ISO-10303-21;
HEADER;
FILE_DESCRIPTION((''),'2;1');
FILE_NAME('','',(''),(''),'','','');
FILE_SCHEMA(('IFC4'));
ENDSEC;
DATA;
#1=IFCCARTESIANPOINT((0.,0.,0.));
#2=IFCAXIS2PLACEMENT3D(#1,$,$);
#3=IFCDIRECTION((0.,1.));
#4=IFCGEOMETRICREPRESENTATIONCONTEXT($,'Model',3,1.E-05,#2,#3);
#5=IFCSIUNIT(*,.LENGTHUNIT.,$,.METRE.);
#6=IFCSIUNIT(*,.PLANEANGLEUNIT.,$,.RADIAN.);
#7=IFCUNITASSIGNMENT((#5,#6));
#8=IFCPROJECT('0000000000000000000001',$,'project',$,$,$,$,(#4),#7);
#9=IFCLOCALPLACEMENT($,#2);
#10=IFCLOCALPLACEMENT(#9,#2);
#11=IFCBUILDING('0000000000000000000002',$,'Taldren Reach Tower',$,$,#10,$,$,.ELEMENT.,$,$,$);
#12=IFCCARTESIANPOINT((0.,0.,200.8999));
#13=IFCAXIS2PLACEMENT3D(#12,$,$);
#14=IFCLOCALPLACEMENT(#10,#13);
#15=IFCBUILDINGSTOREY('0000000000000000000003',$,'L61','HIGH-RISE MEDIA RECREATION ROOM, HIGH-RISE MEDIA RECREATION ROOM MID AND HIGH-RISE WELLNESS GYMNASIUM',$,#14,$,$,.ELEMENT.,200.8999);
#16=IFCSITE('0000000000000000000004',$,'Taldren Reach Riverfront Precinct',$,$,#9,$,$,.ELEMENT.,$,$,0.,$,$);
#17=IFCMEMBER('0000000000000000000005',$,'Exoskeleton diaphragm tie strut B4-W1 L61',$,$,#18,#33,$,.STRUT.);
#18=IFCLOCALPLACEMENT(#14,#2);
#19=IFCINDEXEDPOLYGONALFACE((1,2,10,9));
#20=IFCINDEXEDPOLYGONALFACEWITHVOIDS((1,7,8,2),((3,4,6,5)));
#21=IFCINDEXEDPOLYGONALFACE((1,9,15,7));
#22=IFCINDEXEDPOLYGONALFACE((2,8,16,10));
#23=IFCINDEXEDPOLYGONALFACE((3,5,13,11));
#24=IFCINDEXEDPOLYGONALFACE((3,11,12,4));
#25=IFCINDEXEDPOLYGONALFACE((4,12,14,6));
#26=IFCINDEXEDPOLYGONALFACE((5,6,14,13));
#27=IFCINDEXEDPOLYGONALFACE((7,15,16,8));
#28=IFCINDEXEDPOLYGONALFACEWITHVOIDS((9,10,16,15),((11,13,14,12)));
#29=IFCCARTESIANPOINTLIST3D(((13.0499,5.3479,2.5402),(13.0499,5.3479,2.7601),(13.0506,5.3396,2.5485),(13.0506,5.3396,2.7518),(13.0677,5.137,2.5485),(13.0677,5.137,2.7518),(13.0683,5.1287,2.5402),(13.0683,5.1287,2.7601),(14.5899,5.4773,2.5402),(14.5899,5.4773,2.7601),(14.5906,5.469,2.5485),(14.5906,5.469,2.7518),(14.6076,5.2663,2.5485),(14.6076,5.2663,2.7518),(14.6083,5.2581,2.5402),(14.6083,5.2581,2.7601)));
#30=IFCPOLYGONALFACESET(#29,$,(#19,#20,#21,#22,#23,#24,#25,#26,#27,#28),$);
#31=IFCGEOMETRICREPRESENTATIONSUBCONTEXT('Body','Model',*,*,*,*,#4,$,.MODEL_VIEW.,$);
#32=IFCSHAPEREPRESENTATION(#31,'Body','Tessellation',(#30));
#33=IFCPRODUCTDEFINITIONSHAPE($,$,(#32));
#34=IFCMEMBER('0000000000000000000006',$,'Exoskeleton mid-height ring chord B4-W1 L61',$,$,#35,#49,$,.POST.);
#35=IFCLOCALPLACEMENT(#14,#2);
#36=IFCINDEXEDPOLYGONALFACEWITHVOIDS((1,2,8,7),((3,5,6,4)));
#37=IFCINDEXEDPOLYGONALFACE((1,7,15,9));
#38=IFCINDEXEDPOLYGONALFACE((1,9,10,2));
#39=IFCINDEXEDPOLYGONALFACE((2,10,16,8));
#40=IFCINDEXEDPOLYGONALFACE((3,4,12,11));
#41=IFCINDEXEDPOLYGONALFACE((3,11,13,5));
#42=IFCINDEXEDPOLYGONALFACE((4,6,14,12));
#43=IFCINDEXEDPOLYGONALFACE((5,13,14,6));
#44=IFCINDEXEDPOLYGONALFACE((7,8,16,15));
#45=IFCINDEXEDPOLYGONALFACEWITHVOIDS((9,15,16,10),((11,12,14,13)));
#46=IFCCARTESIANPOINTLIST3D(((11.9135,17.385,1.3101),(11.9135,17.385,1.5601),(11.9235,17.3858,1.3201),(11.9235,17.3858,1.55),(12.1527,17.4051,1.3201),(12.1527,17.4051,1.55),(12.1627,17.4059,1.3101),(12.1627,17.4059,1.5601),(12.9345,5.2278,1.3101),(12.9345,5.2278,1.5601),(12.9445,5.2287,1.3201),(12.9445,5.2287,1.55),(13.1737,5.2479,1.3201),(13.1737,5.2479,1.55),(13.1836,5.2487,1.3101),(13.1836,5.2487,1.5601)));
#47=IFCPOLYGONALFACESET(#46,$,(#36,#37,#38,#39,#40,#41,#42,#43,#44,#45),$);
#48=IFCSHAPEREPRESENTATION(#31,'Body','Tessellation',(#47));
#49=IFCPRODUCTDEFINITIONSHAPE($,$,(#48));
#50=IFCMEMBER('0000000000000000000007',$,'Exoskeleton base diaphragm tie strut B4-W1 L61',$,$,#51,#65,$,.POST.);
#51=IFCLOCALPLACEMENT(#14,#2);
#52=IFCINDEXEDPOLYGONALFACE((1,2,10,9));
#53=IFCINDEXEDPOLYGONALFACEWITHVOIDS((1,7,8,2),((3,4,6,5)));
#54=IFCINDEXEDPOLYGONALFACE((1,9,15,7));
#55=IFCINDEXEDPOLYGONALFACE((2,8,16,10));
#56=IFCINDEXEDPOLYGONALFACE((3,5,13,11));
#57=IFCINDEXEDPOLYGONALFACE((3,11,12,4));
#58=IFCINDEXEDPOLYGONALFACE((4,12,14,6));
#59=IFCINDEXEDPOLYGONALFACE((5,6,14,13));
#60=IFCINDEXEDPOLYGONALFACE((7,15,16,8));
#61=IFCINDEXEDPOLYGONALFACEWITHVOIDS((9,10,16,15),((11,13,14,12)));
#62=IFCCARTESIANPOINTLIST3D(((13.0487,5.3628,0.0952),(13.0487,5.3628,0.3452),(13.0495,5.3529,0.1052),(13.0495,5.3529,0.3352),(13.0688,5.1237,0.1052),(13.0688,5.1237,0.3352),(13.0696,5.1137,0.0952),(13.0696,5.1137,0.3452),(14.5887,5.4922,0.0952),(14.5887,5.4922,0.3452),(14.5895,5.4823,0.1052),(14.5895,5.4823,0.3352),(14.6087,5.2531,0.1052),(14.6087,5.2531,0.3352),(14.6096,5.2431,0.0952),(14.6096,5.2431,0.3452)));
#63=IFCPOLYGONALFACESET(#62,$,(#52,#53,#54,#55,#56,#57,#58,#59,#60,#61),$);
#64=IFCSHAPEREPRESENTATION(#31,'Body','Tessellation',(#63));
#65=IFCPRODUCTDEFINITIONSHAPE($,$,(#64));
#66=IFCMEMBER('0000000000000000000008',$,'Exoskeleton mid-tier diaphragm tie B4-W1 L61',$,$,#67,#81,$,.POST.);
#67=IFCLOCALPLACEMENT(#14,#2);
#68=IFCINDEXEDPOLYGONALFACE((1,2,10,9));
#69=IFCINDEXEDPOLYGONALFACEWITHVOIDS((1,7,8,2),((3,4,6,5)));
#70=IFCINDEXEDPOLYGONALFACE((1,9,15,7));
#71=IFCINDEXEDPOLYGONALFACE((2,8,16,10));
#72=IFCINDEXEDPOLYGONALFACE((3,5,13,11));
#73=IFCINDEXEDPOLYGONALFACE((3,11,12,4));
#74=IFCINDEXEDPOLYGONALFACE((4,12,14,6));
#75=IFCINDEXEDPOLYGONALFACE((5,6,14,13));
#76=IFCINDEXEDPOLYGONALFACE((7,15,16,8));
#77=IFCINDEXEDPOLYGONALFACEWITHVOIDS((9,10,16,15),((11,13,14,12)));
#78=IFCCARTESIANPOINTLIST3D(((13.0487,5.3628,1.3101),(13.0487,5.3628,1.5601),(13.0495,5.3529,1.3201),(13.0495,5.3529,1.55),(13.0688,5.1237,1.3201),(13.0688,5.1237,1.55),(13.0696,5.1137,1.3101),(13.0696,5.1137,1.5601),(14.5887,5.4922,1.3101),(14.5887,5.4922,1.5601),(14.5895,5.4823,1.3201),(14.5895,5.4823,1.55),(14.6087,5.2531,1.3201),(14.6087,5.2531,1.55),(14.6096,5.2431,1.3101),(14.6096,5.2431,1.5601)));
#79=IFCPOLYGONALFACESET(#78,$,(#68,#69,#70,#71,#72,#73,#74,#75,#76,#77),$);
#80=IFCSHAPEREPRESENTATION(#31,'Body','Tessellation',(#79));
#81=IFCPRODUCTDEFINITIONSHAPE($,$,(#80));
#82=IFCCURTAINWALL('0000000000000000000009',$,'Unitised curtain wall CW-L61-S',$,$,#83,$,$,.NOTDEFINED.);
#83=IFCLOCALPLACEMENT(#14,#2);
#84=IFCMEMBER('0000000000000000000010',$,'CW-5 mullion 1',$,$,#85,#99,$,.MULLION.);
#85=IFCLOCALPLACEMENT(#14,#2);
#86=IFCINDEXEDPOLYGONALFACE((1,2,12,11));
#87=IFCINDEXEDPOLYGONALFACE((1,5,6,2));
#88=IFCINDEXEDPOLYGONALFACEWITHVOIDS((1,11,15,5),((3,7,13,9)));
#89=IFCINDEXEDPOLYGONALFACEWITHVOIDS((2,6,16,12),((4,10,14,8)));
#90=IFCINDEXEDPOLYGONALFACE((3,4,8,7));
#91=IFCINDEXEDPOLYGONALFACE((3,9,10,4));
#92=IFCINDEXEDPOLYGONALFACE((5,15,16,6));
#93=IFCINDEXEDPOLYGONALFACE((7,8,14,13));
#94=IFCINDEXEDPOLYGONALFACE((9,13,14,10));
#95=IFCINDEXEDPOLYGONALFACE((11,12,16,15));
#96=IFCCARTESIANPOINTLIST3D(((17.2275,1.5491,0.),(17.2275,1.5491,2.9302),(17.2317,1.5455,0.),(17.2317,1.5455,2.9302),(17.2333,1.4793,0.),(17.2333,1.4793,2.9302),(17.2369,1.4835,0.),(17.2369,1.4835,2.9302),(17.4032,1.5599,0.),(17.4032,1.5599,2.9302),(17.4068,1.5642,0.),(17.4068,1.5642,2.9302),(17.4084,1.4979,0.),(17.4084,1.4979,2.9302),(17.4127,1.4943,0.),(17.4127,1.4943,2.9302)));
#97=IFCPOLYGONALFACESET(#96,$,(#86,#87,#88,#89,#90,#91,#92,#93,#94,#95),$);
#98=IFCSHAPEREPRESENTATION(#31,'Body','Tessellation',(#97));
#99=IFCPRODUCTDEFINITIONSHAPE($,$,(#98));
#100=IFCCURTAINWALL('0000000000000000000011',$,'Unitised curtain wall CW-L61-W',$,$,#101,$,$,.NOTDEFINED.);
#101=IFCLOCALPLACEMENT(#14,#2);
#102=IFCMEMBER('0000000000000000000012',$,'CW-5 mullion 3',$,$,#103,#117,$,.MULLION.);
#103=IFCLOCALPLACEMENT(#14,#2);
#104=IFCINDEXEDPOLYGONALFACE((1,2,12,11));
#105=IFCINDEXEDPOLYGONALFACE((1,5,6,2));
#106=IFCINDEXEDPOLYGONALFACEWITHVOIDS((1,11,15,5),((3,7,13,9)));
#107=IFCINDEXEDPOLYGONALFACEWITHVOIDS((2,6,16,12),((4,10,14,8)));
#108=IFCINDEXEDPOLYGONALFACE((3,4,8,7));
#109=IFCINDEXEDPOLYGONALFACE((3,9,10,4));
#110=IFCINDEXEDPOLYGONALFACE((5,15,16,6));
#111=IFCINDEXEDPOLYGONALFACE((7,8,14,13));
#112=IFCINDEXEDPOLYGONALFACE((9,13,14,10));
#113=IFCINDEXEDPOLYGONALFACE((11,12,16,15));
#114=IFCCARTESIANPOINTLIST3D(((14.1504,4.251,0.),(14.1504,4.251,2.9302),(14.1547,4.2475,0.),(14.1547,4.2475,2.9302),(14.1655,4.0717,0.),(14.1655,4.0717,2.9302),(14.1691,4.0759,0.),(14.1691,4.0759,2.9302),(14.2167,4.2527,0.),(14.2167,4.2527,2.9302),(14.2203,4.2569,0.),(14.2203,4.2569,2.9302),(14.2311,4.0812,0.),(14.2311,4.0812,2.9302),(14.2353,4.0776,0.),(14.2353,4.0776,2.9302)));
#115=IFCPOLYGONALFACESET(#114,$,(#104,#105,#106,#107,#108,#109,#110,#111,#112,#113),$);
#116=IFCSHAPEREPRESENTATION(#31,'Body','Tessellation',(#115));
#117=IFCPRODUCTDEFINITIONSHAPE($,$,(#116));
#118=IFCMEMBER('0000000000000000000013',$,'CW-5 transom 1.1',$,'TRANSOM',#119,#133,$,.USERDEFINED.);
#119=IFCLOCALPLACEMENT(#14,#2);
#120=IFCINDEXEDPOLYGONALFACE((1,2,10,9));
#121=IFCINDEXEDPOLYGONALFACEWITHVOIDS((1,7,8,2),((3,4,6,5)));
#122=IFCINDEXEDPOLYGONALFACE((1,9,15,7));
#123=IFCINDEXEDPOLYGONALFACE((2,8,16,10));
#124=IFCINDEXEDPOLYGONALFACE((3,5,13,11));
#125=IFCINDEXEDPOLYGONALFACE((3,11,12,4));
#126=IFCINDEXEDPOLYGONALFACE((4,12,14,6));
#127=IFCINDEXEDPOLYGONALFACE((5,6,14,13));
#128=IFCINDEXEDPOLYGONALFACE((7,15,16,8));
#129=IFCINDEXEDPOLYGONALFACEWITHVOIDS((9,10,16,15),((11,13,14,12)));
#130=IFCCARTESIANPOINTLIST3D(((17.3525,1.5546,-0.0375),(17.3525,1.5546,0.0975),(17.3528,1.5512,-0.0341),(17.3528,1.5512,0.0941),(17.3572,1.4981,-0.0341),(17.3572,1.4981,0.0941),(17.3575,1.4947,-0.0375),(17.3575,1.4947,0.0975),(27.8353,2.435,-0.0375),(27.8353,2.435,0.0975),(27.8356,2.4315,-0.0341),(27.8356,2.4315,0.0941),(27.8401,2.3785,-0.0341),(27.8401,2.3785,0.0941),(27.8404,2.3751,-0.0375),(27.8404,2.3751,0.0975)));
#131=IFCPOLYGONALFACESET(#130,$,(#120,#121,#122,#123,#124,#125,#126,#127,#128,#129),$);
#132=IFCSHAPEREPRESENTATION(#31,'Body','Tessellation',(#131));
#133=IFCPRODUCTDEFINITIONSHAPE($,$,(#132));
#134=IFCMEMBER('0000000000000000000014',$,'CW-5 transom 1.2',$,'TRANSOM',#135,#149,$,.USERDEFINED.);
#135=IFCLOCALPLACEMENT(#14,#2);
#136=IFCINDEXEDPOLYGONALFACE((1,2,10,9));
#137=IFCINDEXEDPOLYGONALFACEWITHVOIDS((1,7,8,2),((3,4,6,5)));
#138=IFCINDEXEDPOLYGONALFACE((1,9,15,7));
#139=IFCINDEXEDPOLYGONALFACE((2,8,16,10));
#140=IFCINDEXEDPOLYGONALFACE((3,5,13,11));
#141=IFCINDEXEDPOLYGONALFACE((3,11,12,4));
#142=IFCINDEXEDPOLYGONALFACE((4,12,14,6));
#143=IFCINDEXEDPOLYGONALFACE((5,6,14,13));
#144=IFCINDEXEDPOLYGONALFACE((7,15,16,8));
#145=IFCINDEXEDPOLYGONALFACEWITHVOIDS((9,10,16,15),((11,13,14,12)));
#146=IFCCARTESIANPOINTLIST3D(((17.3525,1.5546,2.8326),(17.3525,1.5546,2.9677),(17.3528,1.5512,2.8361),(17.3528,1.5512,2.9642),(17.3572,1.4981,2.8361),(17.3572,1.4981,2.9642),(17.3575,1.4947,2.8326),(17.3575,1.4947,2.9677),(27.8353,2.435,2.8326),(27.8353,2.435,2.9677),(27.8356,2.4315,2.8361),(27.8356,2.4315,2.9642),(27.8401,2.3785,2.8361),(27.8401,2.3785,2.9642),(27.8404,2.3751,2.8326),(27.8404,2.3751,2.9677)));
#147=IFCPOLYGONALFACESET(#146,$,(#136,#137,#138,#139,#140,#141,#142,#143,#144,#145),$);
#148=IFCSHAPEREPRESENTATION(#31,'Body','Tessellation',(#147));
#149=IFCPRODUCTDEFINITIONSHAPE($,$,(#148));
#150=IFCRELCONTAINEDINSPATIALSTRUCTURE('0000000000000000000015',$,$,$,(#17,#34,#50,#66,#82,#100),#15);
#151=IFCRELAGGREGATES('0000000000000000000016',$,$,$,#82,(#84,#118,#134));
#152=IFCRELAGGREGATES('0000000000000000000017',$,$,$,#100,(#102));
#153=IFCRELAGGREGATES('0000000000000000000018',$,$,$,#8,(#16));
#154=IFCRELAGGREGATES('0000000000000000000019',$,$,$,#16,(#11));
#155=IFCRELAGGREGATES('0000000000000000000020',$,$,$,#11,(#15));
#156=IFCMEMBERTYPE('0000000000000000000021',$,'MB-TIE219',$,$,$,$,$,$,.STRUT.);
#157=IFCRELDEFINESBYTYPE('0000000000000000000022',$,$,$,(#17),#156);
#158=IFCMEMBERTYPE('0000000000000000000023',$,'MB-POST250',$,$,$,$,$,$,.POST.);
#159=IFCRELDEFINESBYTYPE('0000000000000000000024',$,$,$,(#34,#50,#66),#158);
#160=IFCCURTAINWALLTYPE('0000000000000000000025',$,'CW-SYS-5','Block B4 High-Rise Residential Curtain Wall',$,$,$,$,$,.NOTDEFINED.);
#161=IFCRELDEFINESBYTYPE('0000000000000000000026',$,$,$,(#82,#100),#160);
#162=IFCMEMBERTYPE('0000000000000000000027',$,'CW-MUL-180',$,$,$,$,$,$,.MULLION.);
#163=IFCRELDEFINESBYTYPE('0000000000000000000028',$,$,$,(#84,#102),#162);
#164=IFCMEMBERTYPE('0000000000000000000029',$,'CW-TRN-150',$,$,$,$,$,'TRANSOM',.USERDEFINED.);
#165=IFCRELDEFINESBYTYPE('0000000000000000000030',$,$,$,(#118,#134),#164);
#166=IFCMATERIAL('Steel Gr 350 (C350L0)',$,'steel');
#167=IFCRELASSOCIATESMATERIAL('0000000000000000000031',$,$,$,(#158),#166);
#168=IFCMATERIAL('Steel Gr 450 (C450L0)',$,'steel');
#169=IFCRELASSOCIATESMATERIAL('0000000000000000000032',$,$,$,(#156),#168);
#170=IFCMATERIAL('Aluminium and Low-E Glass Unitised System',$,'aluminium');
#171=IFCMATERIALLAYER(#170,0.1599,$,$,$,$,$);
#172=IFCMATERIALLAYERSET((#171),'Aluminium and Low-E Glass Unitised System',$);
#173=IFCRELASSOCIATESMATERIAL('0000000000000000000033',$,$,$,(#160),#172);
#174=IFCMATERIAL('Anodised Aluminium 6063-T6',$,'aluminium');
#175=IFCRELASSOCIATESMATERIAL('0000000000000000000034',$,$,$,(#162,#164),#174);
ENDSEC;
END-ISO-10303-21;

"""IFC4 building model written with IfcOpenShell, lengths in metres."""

from ifc_helpers import new_model, si_unit, direction, frame, origin, origin_2d, place, context, subcontext, project, spatial, hollow_rectangle, extrude, source, transform, mapped, material, layer, layer_set, material_profile, profile_set, type_object, element, aggregate, save


model = new_model("IFC4")

# Units and contexts
model_context = context("Model", 3, precision=1e-05, world=origin(), true_north=direction((0.0, 1.0)))
body_context = subcontext(model_context, "Body", "Model", "MODEL_VIEW")
ifc_project = project(units=[si_unit("LENGTHUNIT", "METRE"), si_unit("PLANEANGLEUNIT", "RADIAN")], contexts=[model_context])

# Site, building, storey
site_placement = place(None, origin())
site = spatial("IfcSite", under=ifc_project, at=site_placement, Name="Taldren Reach Riverfront Precinct", CompositionType="ELEMENT", RefElevation=0.0)
building_placement = place(site_placement, origin())
building = spatial("IfcBuilding", under=site, at=building_placement, Name="Taldren Reach Tower", CompositionType="ELEMENT")
storey_placement = place(building_placement, frame((0.0, 0.0, 200.8999)))
storey = spatial("IfcBuildingStorey", under=building, at=storey_placement, Name="L61", Description="HIGH-RISE MEDIA RECREATION ROOM, HIGH-RISE MEDIA RECREATION ROOM MID AND HIGH-RISE WELLNESS GYMNASIUM", CompositionType="ELEMENT", Elevation=200.8999)

# Shared definitions
ifc_material_1 = material(Name="Steel Gr 350 (C350L0)", Category="steel")

# Shared definitions
ifc_material_profile_1 = material_profile(ifc_material_1, hollow_rectangle(XDim=0.25, YDim=0.25, WallThickness=0.01, at=origin_2d()), Name="250x250x10.0SHS")
ifc_profile_set_1 = profile_set([ifc_material_profile_1], Name="Steel Gr 350 (C350L0)")
member_type_1 = type_object("IfcMemberType", Name="MB-POST250", PredefinedType="POST", material=ifc_profile_set_1)

# Members
ifc_material_2 = material(Name="Steel Gr 450 (C450L0)", Category="steel")
ifc_material_profile_2 = material_profile(ifc_material_2, hollow_rectangle(XDim=0.22, YDim=0.22, WallThickness=0.0083, at=origin_2d()), Name="220x220x8.2SHS")
ifc_profile_set_2 = profile_set([ifc_material_profile_2], Name="Steel Gr 450 (C450L0)")
member_type_2 = type_object("IfcMemberType", Name="MB-TIE219", PredefinedType="STRUT", material=ifc_profile_set_2)
shared_shape_1 = source(origin(), body_context, "Body", "SweptSolid", [
    extrude(hollow_rectangle(XDim=0.22, YDim=0.22, WallThickness=0.0083, at=origin_2d()), origin(), (0.0, 0.0, 1.0), 1.5454),
])
member_1_placement = place(storey_placement, frame((14.5991, 5.3677, 2.6501), z_axis=(-0.996489, -0.083725, 0.0), x_axis=(0.083725, -0.996489, 0.0)))
element("IfcMember", 1, at=member_1_placement, inside=storey, type_object=member_type_2, Name="Exoskeleton diaphragm tie strut B4-W1 L61", PredefinedType="STRUT", context=body_context, shape_type="MappedRepresentation", body=[
    mapped(shared_shape_1, transform((0.0, 0.0, 0.0), scale=1.0)),
])
shared_shape_2 = source(origin(), body_context, "Body", "SweptSolid", [
    extrude(hollow_rectangle(XDim=0.25, YDim=0.25, WallThickness=0.01, at=origin_2d()), origin(), (0.0, 0.0, 1.0), 12.2),
])
member_2_placement = place(storey_placement, frame((13.0591, 5.2383, 1.4351), z_axis=(-0.083688, 0.996492, 0.0), x_axis=(-0.996492, -0.083688, 0.0)))
element("IfcMember", 2, at=member_2_placement, inside=storey, type_object=member_type_1, Name="Exoskeleton mid-height ring chord B4-W1 L61", PredefinedType="POST", context=body_context, shape_type="MappedRepresentation", body=[
    mapped(shared_shape_2, transform((0.0, 0.0, 0.0), scale=1.0)),
])
shared_shape_3 = source(origin(), body_context, "Body", "SweptSolid", [
    extrude(hollow_rectangle(XDim=0.25, YDim=0.25, WallThickness=0.01, at=origin_2d()), origin(), (0.0, 0.0, 1.0), 1.5454),
])
for number, where, z_axis, x_axis, name in (
    (3, (14.5991, 5.3677, 0.2202), (-0.996489, -0.083725, 0.0), (0.083725, -0.996489, 0.0), "Exoskeleton base diaphragm tie strut B4-W1 L61"),
    (4, (14.5991, 5.3677, 1.4351), (-0.996489, -0.083725, 0.0), (0.083725, -0.996489, 0.0), "Exoskeleton mid-tier diaphragm tie B4-W1 L61"),
):
    element("IfcMember", number, at=place(storey_placement, frame(where, z_axis=z_axis, x_axis=x_axis)), inside=storey, type_object=member_type_1, Name=name, PredefinedType="POST", context=body_context, shape_type="MappedRepresentation", body=[
        mapped(shared_shape_3, transform((0.0, 0.0, 0.0), scale=1.0)),
    ])

# Curtain walls, members
ifc_material_3 = material(Name="Aluminium and Low-E Glass Unitised System", Category="aluminium")
ifc_layer_1 = layer(ifc_material_3, 0.1599)
ifc_layer_set_1 = layer_set([ifc_layer_1], Name="Aluminium and Low-E Glass Unitised System")
curtain_wall_type = type_object("IfcCurtainWallType", Name="CW-SYS-5", Description="Block B4 High-Rise Residential Curtain Wall", PredefinedType="NOTDEFINED", material=ifc_layer_set_1)
curtain_wall_1_placement = place(storey_placement, origin())
curtain_wall_1 = element("IfcCurtainWall", 5, at=curtain_wall_1_placement, inside=storey, type_object=curtain_wall_type, Name="Unitised curtain wall CW-L61-S", PredefinedType="NOTDEFINED")
ifc_material_4 = material(Name="Anodised Aluminium 6063-T6", Category="aluminium")
ifc_material_profile_3 = material_profile(ifc_material_4, hollow_rectangle(XDim=0.0701, YDim=0.1799, WallThickness=0.0039, at=origin_2d()), Name="ALU-180x70x4RHS")
ifc_profile_set_3 = profile_set([ifc_material_profile_3], Name="Anodised Aluminium 6063-T6")
member_type_3 = type_object("IfcMemberType", Name="CW-MUL-180", PredefinedType="MULLION", material=ifc_profile_set_3)
shared_shape_4 = source(origin(), body_context, "Body", "SweptSolid", [
    extrude(hollow_rectangle(XDim=0.0701, YDim=0.1799, WallThickness=0.0039, at=origin_2d()), origin(), (0.0, 0.0, 1.0), 2.9302),
])
member_3_placement = place(storey_placement, frame((17.3201, 1.5217, 0.0), z_axis=(0.0, 0.0, 1.0), x_axis=(-0.083678, 0.996493, 0.0)))
member_3 = element("IfcMember", 6, at=member_3_placement, type_object=member_type_3, Name="CW-5 mullion 1", PredefinedType="MULLION", context=body_context, shape_type="MappedRepresentation", body=[
    mapped(shared_shape_4, transform((0.0, 0.0, 0.0), scale=1.0)),
])
curtain_wall_2_placement = place(storey_placement, origin())
curtain_wall_2 = element("IfcCurtainWall", 7, at=curtain_wall_2_placement, inside=storey, type_object=curtain_wall_type, Name="Unitised curtain wall CW-L61-W", PredefinedType="NOTDEFINED")
member_4_placement = place(storey_placement, frame((14.1929, 4.1643, 0.0), z_axis=(0.0, 0.0, 1.0), x_axis=(0.996493, 0.083678, 0.0)))
member_4 = element("IfcMember", 8, at=member_4_placement, type_object=member_type_3, Name="CW-5 mullion 3", PredefinedType="MULLION", context=body_context, shape_type="MappedRepresentation", body=[
    mapped(shared_shape_4, transform((0.0, 0.0, 0.0), scale=1.0)),
])

# Members
ifc_material_profile_4 = material_profile(ifc_material_4, hollow_rectangle(XDim=0.0601, YDim=0.135, WallThickness=0.0034, at=origin_2d()), Name="ALU-135x60x3.5RHS")
ifc_profile_set_4 = profile_set([ifc_material_profile_4], Name="Anodised Aluminium 6063-T6")
member_type_4 = type_object("IfcMemberType", Name="CW-TRN-150", ElementType="TRANSOM", PredefinedType="USERDEFINED", material=ifc_profile_set_4)
shared_shape_5 = source(origin(), body_context, "Body", "SweptSolid", [
    extrude(hollow_rectangle(XDim=0.0601, YDim=0.135, WallThickness=0.0034, at=origin_2d()), origin(), (0.0, 0.0, 1.0), 10.5198),
])
member_5_placement = place(storey_placement, frame((17.355, 1.5247, 0.03), z_axis=(0.996492, 0.083687, 0.0), x_axis=(-0.083687, 0.996492, 0.0)))
member_5 = element("IfcMember", 9, at=member_5_placement, type_object=member_type_4, Name="CW-5 transom 1.1", ObjectType="TRANSOM", PredefinedType="USERDEFINED", context=body_context, shape_type="MappedRepresentation", body=[
    mapped(shared_shape_5, transform((0.0, 0.0, 0.0), scale=1.0)),
])
member_6_placement = place(storey_placement, frame((17.355, 1.5247, 2.9001), z_axis=(0.996492, 0.083687, 0.0), x_axis=(-0.083687, 0.996492, 0.0)))
member_6 = element("IfcMember", 10, at=member_6_placement, type_object=member_type_4, Name="CW-5 transom 1.2", ObjectType="TRANSOM", PredefinedType="USERDEFINED", context=body_context, shape_type="MappedRepresentation", body=[
    mapped(shared_shape_5, transform((0.0, 0.0, 0.0), scale=1.0)),
])
aggregate(curtain_wall_1, [member_3, member_5, member_6])

aggregate(curtain_wall_2, [member_4])

save(model, "model.ifc")
